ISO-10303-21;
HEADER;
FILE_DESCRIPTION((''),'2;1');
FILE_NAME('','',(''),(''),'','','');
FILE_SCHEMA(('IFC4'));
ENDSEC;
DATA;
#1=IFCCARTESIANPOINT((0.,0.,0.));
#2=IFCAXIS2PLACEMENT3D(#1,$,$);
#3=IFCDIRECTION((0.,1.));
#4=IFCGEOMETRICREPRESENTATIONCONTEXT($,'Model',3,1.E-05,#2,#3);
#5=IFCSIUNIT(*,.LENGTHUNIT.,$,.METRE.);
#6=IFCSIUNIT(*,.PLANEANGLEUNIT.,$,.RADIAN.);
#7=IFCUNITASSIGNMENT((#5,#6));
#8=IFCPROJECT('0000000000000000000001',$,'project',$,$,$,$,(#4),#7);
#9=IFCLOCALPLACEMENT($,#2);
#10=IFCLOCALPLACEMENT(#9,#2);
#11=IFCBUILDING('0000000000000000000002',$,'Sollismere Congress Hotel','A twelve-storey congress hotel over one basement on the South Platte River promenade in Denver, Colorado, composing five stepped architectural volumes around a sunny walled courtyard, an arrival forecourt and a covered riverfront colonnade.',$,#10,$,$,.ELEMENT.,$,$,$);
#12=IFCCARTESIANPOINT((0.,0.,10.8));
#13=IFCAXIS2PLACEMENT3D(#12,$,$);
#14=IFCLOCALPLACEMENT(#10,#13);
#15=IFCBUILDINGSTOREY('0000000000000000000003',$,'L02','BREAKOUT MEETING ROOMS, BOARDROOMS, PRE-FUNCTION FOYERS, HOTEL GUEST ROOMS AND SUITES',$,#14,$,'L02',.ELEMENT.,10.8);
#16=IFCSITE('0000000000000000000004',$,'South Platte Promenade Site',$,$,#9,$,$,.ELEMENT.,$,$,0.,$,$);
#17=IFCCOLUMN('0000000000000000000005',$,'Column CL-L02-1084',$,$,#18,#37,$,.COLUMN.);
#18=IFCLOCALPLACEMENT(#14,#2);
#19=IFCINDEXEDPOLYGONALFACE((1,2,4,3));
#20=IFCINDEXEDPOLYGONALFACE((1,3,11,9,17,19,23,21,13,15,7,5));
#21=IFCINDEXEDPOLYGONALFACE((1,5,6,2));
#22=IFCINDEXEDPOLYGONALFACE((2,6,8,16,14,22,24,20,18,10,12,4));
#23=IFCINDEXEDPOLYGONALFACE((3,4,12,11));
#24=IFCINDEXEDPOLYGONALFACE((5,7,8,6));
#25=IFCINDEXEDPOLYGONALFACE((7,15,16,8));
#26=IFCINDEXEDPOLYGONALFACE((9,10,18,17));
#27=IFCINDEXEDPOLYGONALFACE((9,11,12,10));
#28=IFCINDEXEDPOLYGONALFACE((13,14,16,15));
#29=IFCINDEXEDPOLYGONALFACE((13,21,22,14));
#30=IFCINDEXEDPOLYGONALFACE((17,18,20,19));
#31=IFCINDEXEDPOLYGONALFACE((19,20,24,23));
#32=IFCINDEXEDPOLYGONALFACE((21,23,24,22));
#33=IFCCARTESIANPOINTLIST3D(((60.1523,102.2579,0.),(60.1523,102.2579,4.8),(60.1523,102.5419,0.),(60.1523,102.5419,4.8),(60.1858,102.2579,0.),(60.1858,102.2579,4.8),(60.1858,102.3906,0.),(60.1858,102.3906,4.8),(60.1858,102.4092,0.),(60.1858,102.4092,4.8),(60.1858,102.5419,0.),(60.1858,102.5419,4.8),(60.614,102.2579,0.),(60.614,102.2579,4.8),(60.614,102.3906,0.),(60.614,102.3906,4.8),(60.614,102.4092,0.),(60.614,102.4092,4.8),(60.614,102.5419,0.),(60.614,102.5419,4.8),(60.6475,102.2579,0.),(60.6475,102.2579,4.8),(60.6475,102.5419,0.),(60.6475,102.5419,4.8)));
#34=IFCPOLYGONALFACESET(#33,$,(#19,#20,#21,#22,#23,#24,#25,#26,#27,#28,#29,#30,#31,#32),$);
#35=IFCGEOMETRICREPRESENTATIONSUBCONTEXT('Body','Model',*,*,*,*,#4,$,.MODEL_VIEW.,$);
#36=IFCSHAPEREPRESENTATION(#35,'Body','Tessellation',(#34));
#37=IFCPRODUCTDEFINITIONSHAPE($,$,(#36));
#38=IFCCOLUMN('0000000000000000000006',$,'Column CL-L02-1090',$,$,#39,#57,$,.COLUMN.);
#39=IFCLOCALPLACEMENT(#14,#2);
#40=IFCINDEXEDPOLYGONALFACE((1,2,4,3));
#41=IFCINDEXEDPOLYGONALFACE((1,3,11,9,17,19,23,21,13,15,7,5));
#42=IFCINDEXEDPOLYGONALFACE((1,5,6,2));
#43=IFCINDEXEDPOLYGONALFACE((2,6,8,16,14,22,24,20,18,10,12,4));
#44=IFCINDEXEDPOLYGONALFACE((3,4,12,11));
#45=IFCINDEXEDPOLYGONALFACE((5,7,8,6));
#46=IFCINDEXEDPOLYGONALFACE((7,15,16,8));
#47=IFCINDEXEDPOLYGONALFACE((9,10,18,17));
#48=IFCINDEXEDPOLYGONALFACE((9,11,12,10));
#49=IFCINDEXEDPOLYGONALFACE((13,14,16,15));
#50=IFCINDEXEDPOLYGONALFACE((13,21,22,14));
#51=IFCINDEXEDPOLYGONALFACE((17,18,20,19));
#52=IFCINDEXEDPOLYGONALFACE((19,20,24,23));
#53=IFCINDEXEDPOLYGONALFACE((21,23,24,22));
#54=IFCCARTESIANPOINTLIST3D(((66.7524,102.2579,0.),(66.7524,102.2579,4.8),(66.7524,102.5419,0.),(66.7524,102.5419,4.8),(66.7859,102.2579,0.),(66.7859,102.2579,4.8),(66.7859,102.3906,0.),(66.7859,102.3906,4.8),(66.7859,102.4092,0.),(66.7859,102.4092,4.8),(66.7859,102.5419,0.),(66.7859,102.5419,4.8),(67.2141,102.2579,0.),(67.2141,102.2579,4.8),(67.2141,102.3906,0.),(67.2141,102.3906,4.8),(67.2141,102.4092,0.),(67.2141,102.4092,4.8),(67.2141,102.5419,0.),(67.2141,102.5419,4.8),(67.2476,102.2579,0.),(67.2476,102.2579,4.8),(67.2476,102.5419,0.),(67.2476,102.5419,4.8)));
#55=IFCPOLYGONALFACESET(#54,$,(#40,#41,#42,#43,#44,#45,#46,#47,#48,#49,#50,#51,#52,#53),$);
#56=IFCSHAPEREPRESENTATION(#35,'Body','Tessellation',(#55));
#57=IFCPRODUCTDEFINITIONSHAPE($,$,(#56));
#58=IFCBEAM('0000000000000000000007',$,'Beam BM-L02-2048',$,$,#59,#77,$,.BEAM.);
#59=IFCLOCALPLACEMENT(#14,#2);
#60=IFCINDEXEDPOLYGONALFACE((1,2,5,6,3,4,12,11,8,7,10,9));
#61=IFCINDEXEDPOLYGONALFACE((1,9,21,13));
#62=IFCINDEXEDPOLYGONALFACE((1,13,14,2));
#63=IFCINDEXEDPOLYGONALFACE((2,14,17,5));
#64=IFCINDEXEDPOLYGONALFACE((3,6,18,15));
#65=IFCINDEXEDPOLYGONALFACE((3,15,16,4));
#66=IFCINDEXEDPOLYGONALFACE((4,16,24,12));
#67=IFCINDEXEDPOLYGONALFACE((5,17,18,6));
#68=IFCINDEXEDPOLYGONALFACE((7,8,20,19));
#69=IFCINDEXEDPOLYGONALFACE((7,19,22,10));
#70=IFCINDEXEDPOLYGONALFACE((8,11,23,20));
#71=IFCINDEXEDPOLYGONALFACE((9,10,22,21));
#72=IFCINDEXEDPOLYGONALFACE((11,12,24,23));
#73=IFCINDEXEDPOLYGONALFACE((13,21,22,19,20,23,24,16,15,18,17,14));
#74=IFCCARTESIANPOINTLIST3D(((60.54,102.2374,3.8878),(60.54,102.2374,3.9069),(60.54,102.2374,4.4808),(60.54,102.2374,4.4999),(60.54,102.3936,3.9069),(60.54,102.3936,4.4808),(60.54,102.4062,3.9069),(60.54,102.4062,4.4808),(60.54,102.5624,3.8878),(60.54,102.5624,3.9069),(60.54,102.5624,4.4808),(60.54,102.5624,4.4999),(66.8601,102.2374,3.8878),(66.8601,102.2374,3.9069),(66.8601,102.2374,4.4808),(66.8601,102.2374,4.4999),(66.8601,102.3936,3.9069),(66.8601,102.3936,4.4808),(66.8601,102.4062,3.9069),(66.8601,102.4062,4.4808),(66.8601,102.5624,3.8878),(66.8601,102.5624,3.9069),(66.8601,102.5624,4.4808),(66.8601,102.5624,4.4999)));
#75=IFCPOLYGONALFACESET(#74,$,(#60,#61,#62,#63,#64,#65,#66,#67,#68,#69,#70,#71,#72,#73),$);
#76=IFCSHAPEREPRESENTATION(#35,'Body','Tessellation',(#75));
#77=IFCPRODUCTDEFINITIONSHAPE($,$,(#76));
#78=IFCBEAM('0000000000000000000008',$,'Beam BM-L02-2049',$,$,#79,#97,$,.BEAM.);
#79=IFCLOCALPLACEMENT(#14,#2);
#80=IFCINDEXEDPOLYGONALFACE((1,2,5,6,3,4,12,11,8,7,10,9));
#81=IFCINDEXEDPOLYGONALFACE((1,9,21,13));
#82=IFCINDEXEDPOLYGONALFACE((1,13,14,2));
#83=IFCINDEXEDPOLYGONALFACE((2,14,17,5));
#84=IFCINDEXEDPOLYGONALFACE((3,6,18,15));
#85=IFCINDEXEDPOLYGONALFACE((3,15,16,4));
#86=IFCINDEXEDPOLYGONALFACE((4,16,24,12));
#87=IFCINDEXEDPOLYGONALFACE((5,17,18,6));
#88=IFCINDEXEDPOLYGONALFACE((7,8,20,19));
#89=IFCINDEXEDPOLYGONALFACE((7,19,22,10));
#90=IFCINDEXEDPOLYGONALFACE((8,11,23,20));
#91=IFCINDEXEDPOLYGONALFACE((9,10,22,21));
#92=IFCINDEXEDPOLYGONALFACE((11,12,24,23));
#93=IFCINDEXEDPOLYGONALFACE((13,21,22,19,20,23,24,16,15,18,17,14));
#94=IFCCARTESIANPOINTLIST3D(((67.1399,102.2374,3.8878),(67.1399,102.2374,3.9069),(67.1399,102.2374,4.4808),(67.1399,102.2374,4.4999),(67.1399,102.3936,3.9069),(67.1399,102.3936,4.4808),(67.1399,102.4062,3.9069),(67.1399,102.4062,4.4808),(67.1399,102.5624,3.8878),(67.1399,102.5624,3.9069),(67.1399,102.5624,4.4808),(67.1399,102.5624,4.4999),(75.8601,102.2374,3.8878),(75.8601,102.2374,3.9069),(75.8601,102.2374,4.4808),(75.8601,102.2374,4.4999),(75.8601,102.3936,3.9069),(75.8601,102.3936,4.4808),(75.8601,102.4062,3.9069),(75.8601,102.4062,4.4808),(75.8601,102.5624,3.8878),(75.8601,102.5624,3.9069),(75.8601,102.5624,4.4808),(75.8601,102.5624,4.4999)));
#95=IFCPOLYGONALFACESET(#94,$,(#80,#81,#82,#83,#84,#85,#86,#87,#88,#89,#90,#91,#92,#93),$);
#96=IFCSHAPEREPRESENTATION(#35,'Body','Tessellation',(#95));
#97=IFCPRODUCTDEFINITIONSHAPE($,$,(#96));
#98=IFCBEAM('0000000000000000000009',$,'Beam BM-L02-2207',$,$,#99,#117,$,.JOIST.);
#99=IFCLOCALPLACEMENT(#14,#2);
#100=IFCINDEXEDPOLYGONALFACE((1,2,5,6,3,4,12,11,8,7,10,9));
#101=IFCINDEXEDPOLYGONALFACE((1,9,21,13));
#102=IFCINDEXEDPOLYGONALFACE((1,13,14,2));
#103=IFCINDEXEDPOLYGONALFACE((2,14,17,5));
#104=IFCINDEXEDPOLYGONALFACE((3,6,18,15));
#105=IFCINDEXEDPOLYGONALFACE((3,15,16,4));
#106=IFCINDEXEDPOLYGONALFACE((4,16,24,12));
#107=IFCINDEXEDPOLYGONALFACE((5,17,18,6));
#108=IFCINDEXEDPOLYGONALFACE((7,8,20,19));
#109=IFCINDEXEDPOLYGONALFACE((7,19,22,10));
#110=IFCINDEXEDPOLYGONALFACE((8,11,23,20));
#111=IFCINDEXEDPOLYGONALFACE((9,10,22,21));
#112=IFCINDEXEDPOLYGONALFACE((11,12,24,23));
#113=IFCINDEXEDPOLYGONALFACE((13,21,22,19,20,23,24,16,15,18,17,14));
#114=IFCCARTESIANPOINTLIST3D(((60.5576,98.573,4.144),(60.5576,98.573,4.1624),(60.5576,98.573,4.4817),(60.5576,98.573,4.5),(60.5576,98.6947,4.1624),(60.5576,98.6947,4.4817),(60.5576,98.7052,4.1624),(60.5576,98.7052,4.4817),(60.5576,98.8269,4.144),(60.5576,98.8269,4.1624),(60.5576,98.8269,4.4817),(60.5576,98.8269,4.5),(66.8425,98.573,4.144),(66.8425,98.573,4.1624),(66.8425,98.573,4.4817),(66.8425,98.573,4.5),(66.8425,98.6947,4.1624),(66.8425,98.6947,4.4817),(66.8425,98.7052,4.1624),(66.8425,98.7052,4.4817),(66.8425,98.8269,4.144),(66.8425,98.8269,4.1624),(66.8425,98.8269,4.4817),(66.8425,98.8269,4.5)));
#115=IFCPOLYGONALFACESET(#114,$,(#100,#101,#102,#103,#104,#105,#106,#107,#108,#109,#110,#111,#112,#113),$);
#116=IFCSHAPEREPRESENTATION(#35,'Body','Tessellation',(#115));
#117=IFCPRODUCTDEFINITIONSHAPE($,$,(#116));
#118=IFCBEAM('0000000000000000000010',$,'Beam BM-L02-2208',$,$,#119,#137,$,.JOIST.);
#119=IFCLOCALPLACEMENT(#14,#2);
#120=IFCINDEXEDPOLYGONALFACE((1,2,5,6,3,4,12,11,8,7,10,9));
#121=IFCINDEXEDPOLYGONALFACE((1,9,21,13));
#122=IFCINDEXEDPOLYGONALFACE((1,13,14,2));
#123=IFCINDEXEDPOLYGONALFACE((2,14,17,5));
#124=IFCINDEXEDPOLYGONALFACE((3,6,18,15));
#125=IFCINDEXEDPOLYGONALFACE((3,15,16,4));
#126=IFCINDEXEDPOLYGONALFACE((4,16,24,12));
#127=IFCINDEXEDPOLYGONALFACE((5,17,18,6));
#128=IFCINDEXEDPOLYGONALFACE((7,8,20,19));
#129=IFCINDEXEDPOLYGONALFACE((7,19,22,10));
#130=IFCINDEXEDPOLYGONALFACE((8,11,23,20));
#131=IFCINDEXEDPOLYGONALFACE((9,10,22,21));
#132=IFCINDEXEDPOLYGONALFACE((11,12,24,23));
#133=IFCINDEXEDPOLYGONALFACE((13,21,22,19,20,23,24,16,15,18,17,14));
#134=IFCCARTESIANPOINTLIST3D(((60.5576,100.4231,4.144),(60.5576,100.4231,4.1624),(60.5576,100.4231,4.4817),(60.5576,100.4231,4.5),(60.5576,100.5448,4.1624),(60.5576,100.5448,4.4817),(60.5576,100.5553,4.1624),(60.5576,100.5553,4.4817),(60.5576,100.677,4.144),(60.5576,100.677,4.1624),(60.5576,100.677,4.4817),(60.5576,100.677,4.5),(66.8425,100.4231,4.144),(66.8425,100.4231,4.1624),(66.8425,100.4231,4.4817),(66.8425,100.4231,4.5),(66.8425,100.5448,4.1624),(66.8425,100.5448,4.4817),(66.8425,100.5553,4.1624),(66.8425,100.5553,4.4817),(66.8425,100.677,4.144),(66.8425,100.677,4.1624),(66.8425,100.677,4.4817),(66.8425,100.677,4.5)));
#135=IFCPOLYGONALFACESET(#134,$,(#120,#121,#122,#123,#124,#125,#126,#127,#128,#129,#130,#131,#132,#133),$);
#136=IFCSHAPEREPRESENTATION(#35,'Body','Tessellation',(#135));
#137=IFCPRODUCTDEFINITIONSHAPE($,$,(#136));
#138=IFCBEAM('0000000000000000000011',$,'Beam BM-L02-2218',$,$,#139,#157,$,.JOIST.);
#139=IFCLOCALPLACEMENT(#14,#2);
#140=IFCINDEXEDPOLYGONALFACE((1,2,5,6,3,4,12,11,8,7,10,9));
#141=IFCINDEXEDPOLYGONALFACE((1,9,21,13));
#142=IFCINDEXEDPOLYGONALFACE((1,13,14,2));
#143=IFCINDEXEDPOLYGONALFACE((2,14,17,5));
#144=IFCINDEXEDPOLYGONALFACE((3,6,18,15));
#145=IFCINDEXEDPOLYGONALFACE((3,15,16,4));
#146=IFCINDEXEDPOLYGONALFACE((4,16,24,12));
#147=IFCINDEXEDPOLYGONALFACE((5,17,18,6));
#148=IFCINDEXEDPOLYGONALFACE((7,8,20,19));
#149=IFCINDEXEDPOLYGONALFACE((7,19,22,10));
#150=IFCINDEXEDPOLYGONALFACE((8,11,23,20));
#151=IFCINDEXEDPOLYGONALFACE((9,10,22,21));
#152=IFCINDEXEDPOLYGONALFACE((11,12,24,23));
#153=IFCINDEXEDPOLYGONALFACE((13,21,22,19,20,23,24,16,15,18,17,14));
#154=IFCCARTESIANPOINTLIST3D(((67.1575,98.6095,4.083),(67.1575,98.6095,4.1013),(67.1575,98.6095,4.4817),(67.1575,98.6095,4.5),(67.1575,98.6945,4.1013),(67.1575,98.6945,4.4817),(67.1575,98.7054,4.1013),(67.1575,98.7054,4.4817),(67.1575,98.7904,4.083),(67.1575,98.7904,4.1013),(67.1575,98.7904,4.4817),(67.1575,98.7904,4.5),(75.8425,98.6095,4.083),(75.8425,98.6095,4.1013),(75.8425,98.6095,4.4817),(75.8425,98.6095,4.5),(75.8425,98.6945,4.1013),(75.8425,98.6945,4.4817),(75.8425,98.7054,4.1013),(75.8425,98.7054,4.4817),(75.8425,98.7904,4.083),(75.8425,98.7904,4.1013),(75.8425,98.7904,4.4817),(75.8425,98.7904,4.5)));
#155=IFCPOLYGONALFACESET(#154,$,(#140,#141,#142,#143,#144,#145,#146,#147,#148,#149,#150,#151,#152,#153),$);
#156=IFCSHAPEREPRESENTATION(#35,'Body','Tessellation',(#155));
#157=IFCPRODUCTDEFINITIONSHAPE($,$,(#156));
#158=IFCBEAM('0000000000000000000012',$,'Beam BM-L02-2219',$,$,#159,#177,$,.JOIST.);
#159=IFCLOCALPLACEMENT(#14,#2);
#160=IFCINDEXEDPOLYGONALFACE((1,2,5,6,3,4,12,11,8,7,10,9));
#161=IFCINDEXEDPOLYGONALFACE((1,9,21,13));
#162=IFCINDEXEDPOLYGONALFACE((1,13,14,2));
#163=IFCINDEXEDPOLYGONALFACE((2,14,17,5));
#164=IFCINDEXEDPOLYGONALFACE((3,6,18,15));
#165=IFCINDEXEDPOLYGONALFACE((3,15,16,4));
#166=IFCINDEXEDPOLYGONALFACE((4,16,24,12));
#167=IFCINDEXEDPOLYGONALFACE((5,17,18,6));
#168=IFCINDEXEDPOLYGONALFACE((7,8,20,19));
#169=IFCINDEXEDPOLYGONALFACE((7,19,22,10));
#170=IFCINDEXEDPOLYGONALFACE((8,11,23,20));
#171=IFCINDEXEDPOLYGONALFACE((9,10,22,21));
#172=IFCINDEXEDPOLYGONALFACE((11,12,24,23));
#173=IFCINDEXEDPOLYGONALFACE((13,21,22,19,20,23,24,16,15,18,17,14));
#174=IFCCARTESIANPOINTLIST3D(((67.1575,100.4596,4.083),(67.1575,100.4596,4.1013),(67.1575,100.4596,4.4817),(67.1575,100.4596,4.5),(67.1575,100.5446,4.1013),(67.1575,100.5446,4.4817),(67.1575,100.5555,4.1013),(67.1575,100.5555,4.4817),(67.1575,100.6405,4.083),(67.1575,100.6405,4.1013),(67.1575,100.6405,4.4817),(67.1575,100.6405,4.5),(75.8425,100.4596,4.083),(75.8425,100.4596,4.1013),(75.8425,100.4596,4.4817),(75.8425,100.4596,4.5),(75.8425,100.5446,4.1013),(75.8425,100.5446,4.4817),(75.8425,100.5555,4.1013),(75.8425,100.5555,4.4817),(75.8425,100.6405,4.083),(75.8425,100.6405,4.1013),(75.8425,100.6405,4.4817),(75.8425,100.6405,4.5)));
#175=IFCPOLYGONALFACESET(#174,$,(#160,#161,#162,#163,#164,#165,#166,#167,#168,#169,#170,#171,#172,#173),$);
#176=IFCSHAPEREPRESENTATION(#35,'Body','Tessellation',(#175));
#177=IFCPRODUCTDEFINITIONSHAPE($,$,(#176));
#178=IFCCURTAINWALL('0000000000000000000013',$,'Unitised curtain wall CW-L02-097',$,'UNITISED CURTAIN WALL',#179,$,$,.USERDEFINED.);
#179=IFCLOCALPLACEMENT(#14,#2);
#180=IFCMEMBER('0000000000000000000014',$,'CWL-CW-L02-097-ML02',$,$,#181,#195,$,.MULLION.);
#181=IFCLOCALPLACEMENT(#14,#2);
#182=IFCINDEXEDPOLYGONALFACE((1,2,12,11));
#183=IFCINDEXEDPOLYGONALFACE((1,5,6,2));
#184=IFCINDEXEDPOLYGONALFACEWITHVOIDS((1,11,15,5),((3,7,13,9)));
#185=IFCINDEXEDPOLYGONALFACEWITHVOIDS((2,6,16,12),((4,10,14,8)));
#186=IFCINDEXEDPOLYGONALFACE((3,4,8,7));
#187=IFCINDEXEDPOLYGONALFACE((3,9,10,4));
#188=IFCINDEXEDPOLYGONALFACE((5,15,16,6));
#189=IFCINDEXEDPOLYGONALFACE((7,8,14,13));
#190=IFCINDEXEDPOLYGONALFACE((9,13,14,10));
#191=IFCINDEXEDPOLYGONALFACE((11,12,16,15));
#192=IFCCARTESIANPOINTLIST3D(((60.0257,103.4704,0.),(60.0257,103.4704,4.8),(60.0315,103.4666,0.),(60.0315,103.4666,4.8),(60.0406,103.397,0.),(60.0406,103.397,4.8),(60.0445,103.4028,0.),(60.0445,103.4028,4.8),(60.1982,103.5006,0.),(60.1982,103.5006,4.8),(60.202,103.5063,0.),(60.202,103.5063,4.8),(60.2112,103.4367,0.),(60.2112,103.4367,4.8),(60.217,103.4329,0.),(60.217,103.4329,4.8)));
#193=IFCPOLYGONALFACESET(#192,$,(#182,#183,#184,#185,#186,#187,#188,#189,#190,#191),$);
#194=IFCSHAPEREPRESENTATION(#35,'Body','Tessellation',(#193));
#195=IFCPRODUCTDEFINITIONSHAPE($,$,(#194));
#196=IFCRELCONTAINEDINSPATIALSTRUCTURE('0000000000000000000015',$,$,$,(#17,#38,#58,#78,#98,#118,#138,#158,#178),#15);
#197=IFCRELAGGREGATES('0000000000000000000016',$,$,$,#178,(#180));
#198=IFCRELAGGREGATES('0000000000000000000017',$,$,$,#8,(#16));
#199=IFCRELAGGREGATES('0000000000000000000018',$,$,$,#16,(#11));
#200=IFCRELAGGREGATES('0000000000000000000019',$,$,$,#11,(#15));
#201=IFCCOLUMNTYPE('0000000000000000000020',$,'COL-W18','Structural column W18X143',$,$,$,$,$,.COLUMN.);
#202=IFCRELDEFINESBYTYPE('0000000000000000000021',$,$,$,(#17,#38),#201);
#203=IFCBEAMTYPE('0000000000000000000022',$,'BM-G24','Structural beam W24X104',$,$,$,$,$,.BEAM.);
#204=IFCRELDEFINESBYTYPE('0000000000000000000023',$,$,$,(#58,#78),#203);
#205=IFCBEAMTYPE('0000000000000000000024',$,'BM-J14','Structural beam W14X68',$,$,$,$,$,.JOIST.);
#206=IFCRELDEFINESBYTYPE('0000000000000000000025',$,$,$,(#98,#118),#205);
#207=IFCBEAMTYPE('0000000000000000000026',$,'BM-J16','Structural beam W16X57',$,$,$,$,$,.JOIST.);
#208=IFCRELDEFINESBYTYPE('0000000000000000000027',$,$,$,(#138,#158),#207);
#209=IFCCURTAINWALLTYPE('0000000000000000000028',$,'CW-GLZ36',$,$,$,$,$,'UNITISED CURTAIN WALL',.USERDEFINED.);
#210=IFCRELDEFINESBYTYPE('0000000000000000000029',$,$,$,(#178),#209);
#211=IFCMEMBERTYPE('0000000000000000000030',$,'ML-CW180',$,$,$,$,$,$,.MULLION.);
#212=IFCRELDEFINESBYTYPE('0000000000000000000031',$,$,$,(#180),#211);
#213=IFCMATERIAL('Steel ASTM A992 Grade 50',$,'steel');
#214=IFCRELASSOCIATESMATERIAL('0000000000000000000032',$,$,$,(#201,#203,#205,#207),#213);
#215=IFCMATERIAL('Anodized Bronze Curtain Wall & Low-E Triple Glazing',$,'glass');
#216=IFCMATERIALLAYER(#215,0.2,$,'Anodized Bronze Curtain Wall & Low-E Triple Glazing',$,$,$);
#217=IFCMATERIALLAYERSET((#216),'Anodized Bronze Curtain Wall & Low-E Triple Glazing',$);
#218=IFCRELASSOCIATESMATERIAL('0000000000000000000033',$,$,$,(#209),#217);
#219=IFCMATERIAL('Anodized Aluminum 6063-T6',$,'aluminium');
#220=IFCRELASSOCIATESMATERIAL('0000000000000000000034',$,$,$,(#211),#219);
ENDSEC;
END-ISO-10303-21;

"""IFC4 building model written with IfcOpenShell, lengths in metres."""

from ifc_helpers import new_model, si_unit, direction, frame, origin, origin_2d, place, context, subcontext, project, spatial, hollow_rectangle, i_section, extrude, material, layer, layer_set, material_profile, profile_set, type_object, element, aggregate, save


model = new_model("IFC4")

# Units and contexts
model_context = context("Model", 3, precision=1e-05, world=origin(), true_north=direction((0.0, 1.0)))
body_context = subcontext(model_context, "Body", "Model", "MODEL_VIEW")
ifc_project = project(units=[si_unit("LENGTHUNIT", "METRE"), si_unit("PLANEANGLEUNIT", "RADIAN")], contexts=[model_context])

# Site, building, storey
site_placement = place(None, origin())
site = spatial("IfcSite", under=ifc_project, at=site_placement, Name="South Platte Promenade Site", CompositionType="ELEMENT", RefElevation=0.0)
building_placement = place(site_placement, origin())
building = spatial("IfcBuilding", under=site, at=building_placement, Name="Sollismere Congress Hotel", Description="A twelve-storey congress hotel over one basement on the South Platte River promenade in Denver, Colorado, composing five stepped architectural volumes around a sunny walled courtyard, an arrival forecourt and a covered riverfront colonnade.", CompositionType="ELEMENT")
storey_placement = place(building_placement, frame((0.0, 0.0, 10.8)))
storey = spatial("IfcBuildingStorey", under=building, at=storey_placement, Name="L02", Description="BREAKOUT MEETING ROOMS, BOARDROOMS, PRE-FUNCTION FOYERS, HOTEL GUEST ROOMS AND SUITES", LongName="L02", CompositionType="ELEMENT", Elevation=10.8)

# Columns
ifc_material_1 = material(Name="Steel ASTM A992 Grade 50", Category="steel")
ifc_material_profile_1 = material_profile(ifc_material_1, i_section(OverallWidth=0.2839, OverallDepth=0.4951, WebThickness=0.0186, FlangeThickness=0.0334, at=origin_2d()), Name="W18X143")
ifc_profile_set_1 = profile_set([ifc_material_profile_1], Name="Steel ASTM A992 Grade 50")
column_type = type_object("IfcColumnType", Name="COL-W18", Description="Structural column W18X143", PredefinedType="COLUMN", material=ifc_profile_set_1)
for number, where, z_axis, x_axis, name in (
    (1, (60.3999, 102.3999, 0.0), (0.0, 0.0, 1.0), (0.0, 1.0, 0.0), "Column CL-L02-1084"),
    (2, (67.0, 102.3999, 0.0), (0.0, 0.0, 1.0), (0.0, 1.0, 0.0), "Column CL-L02-1090"),
):
    element("IfcColumn", number, at=place(storey_placement, frame(where, z_axis=z_axis, x_axis=x_axis)), inside=storey, type_object=column_type, Name=name, PredefinedType="COLUMN", context=body_context, shape_type="SweptSolid", body=[
        extrude(i_section(OverallWidth=0.2839, OverallDepth=0.4951, WebThickness=0.0186, FlangeThickness=0.0334, at=origin_2d()), origin(), (0.0, 0.0, 1.0), 4.8),
    ])

# Beams
ifc_material_profile_2 = material_profile(ifc_material_1, i_section(OverallWidth=0.325, OverallDepth=0.6121, WebThickness=0.0127, FlangeThickness=0.019, at=origin_2d()), Name="W24X104")
ifc_profile_set_2 = profile_set([ifc_material_profile_2], Name="Steel ASTM A992 Grade 50")
beam_type_1 = type_object("IfcBeamType", Name="BM-G24", Description="Structural beam W24X104", PredefinedType="BEAM", material=ifc_profile_set_2)
beam_1_placement = place(storey_placement, frame((60.54, 102.3999, 4.1938), z_axis=(1.0, 0.0, 0.0), x_axis=(0.0, 1.0, 0.0)))
element("IfcBeam", 3, at=beam_1_placement, inside=storey, type_object=beam_type_1, Name="Beam BM-L02-2048", PredefinedType="BEAM", context=body_context, shape_type="SweptSolid", body=[
    extrude(i_section(OverallWidth=0.325, OverallDepth=0.6121, WebThickness=0.0127, FlangeThickness=0.019, at=origin_2d()), origin(), (0.0, 0.0, 1.0), 6.3201),
])
beam_2_placement = place(storey_placement, frame((67.1399, 102.3999, 4.1938), z_axis=(1.0, 0.0, 0.0), x_axis=(0.0, 1.0, 0.0)))
element("IfcBeam", 4, at=beam_2_placement, inside=storey, type_object=beam_type_1, Name="Beam BM-L02-2049", PredefinedType="BEAM", context=body_context, shape_type="SweptSolid", body=[
    extrude(i_section(OverallWidth=0.325, OverallDepth=0.6121, WebThickness=0.0127, FlangeThickness=0.019, at=origin_2d()), origin(), (0.0, 0.0, 1.0), 8.7202),
])
ifc_material_profile_3 = material_profile(ifc_material_1, i_section(OverallWidth=0.2539, OverallDepth=0.356, WebThickness=0.0105, FlangeThickness=0.0183, at=origin_2d()), Name="W14X68")
ifc_profile_set_3 = profile_set([ifc_material_profile_3], Name="Steel ASTM A992 Grade 50")
beam_type_2 = type_object("IfcBeamType", Name="BM-J14", Description="Structural beam W14X68", PredefinedType="JOIST", material=ifc_profile_set_3)
for number, where, z_axis, x_axis, name in (
    (5, (60.5576, 98.7, 4.322), (1.0, 0.0, 0.0), (0.0, 1.0, 0.0), "Beam BM-L02-2207"),
    (6, (60.5576, 100.55, 4.322), (1.0, 0.0, 0.0), (0.0, 1.0, 0.0), "Beam BM-L02-2208"),
):
    element("IfcBeam", number, at=place(storey_placement, frame(where, z_axis=z_axis, x_axis=x_axis)), inside=storey, type_object=beam_type_2, Name=name, PredefinedType="JOIST", context=body_context, shape_type="SweptSolid", body=[
        extrude(i_section(OverallWidth=0.2539, OverallDepth=0.356, WebThickness=0.0105, FlangeThickness=0.0183, at=origin_2d()), origin(), (0.0, 0.0, 1.0), 6.2849),
    ])
ifc_material_profile_4 = material_profile(ifc_material_1, i_section(OverallWidth=0.1809, OverallDepth=0.417, WebThickness=0.011, FlangeThickness=0.0183, at=origin_2d()), Name="W16X57")
ifc_profile_set_4 = profile_set([ifc_material_profile_4], Name="Steel ASTM A992 Grade 50")
beam_type_3 = type_object("IfcBeamType", Name="BM-J16", Description="Structural beam W16X57", PredefinedType="JOIST", material=ifc_profile_set_4)
for number, where, z_axis, x_axis, name in (
    (7, (67.1575, 98.7, 4.2915), (1.0, 0.0, 0.0), (0.0, 1.0, 0.0), "Beam BM-L02-2218"),
    (8, (67.1575, 100.55, 4.2915), (1.0, 0.0, 0.0), (0.0, 1.0, 0.0), "Beam BM-L02-2219"),
):
    element("IfcBeam", number, at=place(storey_placement, frame(where, z_axis=z_axis, x_axis=x_axis)), inside=storey, type_object=beam_type_3, Name=name, PredefinedType="JOIST", context=body_context, shape_type="SweptSolid", body=[
        extrude(i_section(OverallWidth=0.1809, OverallDepth=0.417, WebThickness=0.011, FlangeThickness=0.0183, at=origin_2d()), origin(), (0.0, 0.0, 1.0), 8.6851),
    ])

# Curtain wall, member
ifc_material_2 = material(Name="Anodized Bronze Curtain Wall & Low-E Triple Glazing", Category="glass")
ifc_layer_1 = layer(ifc_material_2, 0.2, Name="Anodized Bronze Curtain Wall & Low-E Triple Glazing")
ifc_layer_set_1 = layer_set([ifc_layer_1], Name="Anodized Bronze Curtain Wall & Low-E Triple Glazing")
curtain_wall_type = type_object("IfcCurtainWallType", Name="CW-GLZ36", ElementType="UNITISED CURTAIN WALL", PredefinedType="USERDEFINED", material=ifc_layer_set_1)
curtain_wall_1_placement = place(storey_placement, origin())
curtain_wall_1 = element("IfcCurtainWall", 9, at=curtain_wall_1_placement, inside=storey, type_object=curtain_wall_type, Name="Unitised curtain wall CW-L02-097", ObjectType="UNITISED CURTAIN WALL", PredefinedType="USERDEFINED")
ifc_material_3 = material(Name="Anodized Aluminum 6063-T6", Category="aluminium")
ifc_material_profile_5 = material_profile(ifc_material_3, hollow_rectangle(XDim=0.075, YDim=0.1799, WallThickness=0.0049, at=origin_2d()), Name="ALU180X75X5")
ifc_profile_set_5 = profile_set([ifc_material_profile_5], Name="Anodized Aluminum 6063-T6")
member_type_1 = type_object("IfcMemberType", Name="ML-CW180", PredefinedType="MULLION", material=ifc_profile_set_5)
member_1_placement = place(storey_placement, frame((60.1213, 103.4517, 0.0), z_axis=(0.0, 0.0, 1.0), x_axis=(-0.199368, 0.979925, 0.0)))
member_1 = element("IfcMember", 10, at=member_1_placement, type_object=member_type_1, Name="CWL-CW-L02-097-ML02", PredefinedType="MULLION", context=body_context, shape_type="SweptSolid", body=[
    extrude(hollow_rectangle(XDim=0.075, YDim=0.1799, WallThickness=0.0049, at=origin_2d()), origin(), (0.0, 0.0, 1.0), 4.8),
])

aggregate(curtain_wall_1, [member_1])

save(model, "model.ifc")
